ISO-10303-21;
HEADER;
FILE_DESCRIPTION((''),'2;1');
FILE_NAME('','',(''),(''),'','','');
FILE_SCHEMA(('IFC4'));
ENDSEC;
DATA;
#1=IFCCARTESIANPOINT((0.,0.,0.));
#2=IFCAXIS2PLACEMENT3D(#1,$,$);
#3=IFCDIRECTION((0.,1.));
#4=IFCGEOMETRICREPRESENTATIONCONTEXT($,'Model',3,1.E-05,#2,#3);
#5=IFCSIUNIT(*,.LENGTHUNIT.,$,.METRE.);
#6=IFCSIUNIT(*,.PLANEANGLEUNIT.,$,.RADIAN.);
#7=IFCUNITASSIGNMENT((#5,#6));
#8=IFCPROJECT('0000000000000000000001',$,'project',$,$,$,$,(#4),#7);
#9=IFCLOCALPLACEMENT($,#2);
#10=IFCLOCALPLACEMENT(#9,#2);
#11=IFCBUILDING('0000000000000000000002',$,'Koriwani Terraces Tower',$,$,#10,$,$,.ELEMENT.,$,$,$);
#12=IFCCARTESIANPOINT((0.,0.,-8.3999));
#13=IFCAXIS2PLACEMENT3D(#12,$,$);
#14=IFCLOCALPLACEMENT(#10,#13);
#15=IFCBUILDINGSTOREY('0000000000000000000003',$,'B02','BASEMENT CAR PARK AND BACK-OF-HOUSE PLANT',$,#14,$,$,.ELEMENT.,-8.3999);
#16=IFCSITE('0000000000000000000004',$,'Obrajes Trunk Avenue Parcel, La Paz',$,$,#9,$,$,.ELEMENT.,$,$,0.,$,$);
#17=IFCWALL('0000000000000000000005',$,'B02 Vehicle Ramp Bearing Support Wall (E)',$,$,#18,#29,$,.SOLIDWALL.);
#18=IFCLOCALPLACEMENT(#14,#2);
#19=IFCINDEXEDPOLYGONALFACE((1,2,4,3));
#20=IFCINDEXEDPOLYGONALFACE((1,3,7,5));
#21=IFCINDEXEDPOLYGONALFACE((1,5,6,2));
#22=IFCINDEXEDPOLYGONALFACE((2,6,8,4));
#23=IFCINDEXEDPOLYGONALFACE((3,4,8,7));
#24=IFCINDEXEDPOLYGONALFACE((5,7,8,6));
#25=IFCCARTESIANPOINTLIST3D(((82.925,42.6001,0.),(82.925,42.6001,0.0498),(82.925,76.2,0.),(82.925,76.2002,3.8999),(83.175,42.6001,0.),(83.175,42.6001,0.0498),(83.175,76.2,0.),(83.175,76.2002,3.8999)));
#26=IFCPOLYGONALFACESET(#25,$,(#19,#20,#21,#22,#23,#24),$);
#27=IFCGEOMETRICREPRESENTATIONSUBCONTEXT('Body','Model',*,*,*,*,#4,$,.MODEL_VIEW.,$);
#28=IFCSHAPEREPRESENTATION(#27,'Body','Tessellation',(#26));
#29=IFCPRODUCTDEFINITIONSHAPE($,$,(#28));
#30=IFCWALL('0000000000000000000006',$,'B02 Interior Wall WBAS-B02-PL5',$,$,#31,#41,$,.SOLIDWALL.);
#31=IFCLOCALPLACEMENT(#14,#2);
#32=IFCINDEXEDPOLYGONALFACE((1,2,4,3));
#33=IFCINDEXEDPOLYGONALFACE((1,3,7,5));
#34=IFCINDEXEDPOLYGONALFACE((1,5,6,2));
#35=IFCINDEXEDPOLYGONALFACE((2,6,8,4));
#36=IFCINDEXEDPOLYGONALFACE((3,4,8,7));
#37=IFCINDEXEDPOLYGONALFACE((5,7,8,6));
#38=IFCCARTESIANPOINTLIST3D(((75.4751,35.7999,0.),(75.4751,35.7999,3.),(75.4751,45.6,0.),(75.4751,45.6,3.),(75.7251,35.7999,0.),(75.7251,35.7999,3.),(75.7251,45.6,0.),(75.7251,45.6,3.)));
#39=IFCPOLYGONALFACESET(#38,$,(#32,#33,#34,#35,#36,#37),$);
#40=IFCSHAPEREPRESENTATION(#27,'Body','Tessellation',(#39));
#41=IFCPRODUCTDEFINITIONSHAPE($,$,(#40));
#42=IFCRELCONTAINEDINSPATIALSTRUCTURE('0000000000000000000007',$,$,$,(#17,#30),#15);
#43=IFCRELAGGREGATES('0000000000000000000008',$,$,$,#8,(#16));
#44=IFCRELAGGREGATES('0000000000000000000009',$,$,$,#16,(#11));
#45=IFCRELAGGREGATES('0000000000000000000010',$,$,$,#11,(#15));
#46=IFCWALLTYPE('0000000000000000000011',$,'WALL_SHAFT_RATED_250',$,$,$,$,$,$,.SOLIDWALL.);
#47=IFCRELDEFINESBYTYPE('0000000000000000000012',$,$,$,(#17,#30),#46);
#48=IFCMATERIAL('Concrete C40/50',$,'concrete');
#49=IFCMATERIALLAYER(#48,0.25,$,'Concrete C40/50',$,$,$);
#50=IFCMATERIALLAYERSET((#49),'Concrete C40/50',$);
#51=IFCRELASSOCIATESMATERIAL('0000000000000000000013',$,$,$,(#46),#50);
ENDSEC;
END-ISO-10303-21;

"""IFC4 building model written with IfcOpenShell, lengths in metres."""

from ifc_helpers import new_model, si_unit, direction, frame, frame_2d, origin, place, context, subcontext, project, spatial, polyline, rectangle, outline, extrude, material, layer, layer_set, type_object, element, save


model = new_model("IFC4")

# Units and contexts
model_context = context("Model", 3, precision=1e-05, world=origin(), true_north=direction((0.0, 1.0)))
body_context = subcontext(model_context, "Body", "Model", "MODEL_VIEW")
ifc_project = project(units=[si_unit("LENGTHUNIT", "METRE"), si_unit("PLANEANGLEUNIT", "RADIAN")], contexts=[model_context])

# Site, building, storey
site_placement = place(None, origin())
site = spatial("IfcSite", under=ifc_project, at=site_placement, Name="Obrajes Trunk Avenue Parcel, La Paz", CompositionType="ELEMENT", RefElevation=0.0)
building_placement = place(site_placement, origin())
building = spatial("IfcBuilding", under=site, at=building_placement, Name="Koriwani Terraces Tower", CompositionType="ELEMENT")
storey_placement = place(building_placement, frame((0.0, 0.0, -8.3999)))
storey = spatial("IfcBuildingStorey", under=building, at=storey_placement, Name="B02", Description="BASEMENT CAR PARK AND BACK-OF-HOUSE PLANT", CompositionType="ELEMENT", Elevation=-8.3999)

# Shared definitions
ifc_material_1 = material(Name="Concrete C40/50", Category="concrete")

# Walls
ifc_layer_1 = layer(ifc_material_1, 0.25, Name="Concrete C40/50")
ifc_layer_set_1 = layer_set([ifc_layer_1], Name="Concrete C40/50")
wall_type = type_object("IfcWallType", Name="WALL_SHAFT_RATED_250", PredefinedType="SOLIDWALL", material=ifc_layer_set_1)
for number, where, z_axis, x_axis, name in (
    (1, (83.05, 42.6001, 0.0), (0.0, 0.0, 1.0), (0.0, 1.0, 0.0), "B02 Vehicle Ramp Bearing Support Wall (E)"),
):
    element("IfcWall", number, at=place(storey_placement, frame(where, z_axis=z_axis, x_axis=x_axis)), inside=storey, type_object=wall_type, Name=name, PredefinedType="SOLIDWALL", context=body_context, shape_type="SweptSolid", body=[
        extrude(outline(polyline([(0.0, 0.0), (33.5999, 0.0), (33.6001, 3.8999), (0.0, 0.0498), (0.0, 0.0)])), frame((0.0, 0.125, 0.0), z_axis=(0.0, -1.0, 0.0), x_axis=(1.0, 0.0, 0.0)), (0.0, 0.0, 1.0), 0.25),
    ])
wall_placement = place(storey_placement, frame((75.6001, 35.8, 0.0), z_axis=(0.0, 0.0, 1.0), x_axis=(0.0, 1.0, 0.0)))
element("IfcWall", 2, at=wall_placement, inside=storey, type_object=wall_type, Name="B02 Interior Wall WBAS-B02-PL5", PredefinedType="SOLIDWALL", context=body_context, shape_type="SweptSolid", body=[
    extrude(rectangle(XDim=9.8, YDim=0.25, at=frame_2d((4.8999, 0.0))), origin(), (0.0, 0.0, 1.0), 3.0),
])

save(model, "model.ifc")
